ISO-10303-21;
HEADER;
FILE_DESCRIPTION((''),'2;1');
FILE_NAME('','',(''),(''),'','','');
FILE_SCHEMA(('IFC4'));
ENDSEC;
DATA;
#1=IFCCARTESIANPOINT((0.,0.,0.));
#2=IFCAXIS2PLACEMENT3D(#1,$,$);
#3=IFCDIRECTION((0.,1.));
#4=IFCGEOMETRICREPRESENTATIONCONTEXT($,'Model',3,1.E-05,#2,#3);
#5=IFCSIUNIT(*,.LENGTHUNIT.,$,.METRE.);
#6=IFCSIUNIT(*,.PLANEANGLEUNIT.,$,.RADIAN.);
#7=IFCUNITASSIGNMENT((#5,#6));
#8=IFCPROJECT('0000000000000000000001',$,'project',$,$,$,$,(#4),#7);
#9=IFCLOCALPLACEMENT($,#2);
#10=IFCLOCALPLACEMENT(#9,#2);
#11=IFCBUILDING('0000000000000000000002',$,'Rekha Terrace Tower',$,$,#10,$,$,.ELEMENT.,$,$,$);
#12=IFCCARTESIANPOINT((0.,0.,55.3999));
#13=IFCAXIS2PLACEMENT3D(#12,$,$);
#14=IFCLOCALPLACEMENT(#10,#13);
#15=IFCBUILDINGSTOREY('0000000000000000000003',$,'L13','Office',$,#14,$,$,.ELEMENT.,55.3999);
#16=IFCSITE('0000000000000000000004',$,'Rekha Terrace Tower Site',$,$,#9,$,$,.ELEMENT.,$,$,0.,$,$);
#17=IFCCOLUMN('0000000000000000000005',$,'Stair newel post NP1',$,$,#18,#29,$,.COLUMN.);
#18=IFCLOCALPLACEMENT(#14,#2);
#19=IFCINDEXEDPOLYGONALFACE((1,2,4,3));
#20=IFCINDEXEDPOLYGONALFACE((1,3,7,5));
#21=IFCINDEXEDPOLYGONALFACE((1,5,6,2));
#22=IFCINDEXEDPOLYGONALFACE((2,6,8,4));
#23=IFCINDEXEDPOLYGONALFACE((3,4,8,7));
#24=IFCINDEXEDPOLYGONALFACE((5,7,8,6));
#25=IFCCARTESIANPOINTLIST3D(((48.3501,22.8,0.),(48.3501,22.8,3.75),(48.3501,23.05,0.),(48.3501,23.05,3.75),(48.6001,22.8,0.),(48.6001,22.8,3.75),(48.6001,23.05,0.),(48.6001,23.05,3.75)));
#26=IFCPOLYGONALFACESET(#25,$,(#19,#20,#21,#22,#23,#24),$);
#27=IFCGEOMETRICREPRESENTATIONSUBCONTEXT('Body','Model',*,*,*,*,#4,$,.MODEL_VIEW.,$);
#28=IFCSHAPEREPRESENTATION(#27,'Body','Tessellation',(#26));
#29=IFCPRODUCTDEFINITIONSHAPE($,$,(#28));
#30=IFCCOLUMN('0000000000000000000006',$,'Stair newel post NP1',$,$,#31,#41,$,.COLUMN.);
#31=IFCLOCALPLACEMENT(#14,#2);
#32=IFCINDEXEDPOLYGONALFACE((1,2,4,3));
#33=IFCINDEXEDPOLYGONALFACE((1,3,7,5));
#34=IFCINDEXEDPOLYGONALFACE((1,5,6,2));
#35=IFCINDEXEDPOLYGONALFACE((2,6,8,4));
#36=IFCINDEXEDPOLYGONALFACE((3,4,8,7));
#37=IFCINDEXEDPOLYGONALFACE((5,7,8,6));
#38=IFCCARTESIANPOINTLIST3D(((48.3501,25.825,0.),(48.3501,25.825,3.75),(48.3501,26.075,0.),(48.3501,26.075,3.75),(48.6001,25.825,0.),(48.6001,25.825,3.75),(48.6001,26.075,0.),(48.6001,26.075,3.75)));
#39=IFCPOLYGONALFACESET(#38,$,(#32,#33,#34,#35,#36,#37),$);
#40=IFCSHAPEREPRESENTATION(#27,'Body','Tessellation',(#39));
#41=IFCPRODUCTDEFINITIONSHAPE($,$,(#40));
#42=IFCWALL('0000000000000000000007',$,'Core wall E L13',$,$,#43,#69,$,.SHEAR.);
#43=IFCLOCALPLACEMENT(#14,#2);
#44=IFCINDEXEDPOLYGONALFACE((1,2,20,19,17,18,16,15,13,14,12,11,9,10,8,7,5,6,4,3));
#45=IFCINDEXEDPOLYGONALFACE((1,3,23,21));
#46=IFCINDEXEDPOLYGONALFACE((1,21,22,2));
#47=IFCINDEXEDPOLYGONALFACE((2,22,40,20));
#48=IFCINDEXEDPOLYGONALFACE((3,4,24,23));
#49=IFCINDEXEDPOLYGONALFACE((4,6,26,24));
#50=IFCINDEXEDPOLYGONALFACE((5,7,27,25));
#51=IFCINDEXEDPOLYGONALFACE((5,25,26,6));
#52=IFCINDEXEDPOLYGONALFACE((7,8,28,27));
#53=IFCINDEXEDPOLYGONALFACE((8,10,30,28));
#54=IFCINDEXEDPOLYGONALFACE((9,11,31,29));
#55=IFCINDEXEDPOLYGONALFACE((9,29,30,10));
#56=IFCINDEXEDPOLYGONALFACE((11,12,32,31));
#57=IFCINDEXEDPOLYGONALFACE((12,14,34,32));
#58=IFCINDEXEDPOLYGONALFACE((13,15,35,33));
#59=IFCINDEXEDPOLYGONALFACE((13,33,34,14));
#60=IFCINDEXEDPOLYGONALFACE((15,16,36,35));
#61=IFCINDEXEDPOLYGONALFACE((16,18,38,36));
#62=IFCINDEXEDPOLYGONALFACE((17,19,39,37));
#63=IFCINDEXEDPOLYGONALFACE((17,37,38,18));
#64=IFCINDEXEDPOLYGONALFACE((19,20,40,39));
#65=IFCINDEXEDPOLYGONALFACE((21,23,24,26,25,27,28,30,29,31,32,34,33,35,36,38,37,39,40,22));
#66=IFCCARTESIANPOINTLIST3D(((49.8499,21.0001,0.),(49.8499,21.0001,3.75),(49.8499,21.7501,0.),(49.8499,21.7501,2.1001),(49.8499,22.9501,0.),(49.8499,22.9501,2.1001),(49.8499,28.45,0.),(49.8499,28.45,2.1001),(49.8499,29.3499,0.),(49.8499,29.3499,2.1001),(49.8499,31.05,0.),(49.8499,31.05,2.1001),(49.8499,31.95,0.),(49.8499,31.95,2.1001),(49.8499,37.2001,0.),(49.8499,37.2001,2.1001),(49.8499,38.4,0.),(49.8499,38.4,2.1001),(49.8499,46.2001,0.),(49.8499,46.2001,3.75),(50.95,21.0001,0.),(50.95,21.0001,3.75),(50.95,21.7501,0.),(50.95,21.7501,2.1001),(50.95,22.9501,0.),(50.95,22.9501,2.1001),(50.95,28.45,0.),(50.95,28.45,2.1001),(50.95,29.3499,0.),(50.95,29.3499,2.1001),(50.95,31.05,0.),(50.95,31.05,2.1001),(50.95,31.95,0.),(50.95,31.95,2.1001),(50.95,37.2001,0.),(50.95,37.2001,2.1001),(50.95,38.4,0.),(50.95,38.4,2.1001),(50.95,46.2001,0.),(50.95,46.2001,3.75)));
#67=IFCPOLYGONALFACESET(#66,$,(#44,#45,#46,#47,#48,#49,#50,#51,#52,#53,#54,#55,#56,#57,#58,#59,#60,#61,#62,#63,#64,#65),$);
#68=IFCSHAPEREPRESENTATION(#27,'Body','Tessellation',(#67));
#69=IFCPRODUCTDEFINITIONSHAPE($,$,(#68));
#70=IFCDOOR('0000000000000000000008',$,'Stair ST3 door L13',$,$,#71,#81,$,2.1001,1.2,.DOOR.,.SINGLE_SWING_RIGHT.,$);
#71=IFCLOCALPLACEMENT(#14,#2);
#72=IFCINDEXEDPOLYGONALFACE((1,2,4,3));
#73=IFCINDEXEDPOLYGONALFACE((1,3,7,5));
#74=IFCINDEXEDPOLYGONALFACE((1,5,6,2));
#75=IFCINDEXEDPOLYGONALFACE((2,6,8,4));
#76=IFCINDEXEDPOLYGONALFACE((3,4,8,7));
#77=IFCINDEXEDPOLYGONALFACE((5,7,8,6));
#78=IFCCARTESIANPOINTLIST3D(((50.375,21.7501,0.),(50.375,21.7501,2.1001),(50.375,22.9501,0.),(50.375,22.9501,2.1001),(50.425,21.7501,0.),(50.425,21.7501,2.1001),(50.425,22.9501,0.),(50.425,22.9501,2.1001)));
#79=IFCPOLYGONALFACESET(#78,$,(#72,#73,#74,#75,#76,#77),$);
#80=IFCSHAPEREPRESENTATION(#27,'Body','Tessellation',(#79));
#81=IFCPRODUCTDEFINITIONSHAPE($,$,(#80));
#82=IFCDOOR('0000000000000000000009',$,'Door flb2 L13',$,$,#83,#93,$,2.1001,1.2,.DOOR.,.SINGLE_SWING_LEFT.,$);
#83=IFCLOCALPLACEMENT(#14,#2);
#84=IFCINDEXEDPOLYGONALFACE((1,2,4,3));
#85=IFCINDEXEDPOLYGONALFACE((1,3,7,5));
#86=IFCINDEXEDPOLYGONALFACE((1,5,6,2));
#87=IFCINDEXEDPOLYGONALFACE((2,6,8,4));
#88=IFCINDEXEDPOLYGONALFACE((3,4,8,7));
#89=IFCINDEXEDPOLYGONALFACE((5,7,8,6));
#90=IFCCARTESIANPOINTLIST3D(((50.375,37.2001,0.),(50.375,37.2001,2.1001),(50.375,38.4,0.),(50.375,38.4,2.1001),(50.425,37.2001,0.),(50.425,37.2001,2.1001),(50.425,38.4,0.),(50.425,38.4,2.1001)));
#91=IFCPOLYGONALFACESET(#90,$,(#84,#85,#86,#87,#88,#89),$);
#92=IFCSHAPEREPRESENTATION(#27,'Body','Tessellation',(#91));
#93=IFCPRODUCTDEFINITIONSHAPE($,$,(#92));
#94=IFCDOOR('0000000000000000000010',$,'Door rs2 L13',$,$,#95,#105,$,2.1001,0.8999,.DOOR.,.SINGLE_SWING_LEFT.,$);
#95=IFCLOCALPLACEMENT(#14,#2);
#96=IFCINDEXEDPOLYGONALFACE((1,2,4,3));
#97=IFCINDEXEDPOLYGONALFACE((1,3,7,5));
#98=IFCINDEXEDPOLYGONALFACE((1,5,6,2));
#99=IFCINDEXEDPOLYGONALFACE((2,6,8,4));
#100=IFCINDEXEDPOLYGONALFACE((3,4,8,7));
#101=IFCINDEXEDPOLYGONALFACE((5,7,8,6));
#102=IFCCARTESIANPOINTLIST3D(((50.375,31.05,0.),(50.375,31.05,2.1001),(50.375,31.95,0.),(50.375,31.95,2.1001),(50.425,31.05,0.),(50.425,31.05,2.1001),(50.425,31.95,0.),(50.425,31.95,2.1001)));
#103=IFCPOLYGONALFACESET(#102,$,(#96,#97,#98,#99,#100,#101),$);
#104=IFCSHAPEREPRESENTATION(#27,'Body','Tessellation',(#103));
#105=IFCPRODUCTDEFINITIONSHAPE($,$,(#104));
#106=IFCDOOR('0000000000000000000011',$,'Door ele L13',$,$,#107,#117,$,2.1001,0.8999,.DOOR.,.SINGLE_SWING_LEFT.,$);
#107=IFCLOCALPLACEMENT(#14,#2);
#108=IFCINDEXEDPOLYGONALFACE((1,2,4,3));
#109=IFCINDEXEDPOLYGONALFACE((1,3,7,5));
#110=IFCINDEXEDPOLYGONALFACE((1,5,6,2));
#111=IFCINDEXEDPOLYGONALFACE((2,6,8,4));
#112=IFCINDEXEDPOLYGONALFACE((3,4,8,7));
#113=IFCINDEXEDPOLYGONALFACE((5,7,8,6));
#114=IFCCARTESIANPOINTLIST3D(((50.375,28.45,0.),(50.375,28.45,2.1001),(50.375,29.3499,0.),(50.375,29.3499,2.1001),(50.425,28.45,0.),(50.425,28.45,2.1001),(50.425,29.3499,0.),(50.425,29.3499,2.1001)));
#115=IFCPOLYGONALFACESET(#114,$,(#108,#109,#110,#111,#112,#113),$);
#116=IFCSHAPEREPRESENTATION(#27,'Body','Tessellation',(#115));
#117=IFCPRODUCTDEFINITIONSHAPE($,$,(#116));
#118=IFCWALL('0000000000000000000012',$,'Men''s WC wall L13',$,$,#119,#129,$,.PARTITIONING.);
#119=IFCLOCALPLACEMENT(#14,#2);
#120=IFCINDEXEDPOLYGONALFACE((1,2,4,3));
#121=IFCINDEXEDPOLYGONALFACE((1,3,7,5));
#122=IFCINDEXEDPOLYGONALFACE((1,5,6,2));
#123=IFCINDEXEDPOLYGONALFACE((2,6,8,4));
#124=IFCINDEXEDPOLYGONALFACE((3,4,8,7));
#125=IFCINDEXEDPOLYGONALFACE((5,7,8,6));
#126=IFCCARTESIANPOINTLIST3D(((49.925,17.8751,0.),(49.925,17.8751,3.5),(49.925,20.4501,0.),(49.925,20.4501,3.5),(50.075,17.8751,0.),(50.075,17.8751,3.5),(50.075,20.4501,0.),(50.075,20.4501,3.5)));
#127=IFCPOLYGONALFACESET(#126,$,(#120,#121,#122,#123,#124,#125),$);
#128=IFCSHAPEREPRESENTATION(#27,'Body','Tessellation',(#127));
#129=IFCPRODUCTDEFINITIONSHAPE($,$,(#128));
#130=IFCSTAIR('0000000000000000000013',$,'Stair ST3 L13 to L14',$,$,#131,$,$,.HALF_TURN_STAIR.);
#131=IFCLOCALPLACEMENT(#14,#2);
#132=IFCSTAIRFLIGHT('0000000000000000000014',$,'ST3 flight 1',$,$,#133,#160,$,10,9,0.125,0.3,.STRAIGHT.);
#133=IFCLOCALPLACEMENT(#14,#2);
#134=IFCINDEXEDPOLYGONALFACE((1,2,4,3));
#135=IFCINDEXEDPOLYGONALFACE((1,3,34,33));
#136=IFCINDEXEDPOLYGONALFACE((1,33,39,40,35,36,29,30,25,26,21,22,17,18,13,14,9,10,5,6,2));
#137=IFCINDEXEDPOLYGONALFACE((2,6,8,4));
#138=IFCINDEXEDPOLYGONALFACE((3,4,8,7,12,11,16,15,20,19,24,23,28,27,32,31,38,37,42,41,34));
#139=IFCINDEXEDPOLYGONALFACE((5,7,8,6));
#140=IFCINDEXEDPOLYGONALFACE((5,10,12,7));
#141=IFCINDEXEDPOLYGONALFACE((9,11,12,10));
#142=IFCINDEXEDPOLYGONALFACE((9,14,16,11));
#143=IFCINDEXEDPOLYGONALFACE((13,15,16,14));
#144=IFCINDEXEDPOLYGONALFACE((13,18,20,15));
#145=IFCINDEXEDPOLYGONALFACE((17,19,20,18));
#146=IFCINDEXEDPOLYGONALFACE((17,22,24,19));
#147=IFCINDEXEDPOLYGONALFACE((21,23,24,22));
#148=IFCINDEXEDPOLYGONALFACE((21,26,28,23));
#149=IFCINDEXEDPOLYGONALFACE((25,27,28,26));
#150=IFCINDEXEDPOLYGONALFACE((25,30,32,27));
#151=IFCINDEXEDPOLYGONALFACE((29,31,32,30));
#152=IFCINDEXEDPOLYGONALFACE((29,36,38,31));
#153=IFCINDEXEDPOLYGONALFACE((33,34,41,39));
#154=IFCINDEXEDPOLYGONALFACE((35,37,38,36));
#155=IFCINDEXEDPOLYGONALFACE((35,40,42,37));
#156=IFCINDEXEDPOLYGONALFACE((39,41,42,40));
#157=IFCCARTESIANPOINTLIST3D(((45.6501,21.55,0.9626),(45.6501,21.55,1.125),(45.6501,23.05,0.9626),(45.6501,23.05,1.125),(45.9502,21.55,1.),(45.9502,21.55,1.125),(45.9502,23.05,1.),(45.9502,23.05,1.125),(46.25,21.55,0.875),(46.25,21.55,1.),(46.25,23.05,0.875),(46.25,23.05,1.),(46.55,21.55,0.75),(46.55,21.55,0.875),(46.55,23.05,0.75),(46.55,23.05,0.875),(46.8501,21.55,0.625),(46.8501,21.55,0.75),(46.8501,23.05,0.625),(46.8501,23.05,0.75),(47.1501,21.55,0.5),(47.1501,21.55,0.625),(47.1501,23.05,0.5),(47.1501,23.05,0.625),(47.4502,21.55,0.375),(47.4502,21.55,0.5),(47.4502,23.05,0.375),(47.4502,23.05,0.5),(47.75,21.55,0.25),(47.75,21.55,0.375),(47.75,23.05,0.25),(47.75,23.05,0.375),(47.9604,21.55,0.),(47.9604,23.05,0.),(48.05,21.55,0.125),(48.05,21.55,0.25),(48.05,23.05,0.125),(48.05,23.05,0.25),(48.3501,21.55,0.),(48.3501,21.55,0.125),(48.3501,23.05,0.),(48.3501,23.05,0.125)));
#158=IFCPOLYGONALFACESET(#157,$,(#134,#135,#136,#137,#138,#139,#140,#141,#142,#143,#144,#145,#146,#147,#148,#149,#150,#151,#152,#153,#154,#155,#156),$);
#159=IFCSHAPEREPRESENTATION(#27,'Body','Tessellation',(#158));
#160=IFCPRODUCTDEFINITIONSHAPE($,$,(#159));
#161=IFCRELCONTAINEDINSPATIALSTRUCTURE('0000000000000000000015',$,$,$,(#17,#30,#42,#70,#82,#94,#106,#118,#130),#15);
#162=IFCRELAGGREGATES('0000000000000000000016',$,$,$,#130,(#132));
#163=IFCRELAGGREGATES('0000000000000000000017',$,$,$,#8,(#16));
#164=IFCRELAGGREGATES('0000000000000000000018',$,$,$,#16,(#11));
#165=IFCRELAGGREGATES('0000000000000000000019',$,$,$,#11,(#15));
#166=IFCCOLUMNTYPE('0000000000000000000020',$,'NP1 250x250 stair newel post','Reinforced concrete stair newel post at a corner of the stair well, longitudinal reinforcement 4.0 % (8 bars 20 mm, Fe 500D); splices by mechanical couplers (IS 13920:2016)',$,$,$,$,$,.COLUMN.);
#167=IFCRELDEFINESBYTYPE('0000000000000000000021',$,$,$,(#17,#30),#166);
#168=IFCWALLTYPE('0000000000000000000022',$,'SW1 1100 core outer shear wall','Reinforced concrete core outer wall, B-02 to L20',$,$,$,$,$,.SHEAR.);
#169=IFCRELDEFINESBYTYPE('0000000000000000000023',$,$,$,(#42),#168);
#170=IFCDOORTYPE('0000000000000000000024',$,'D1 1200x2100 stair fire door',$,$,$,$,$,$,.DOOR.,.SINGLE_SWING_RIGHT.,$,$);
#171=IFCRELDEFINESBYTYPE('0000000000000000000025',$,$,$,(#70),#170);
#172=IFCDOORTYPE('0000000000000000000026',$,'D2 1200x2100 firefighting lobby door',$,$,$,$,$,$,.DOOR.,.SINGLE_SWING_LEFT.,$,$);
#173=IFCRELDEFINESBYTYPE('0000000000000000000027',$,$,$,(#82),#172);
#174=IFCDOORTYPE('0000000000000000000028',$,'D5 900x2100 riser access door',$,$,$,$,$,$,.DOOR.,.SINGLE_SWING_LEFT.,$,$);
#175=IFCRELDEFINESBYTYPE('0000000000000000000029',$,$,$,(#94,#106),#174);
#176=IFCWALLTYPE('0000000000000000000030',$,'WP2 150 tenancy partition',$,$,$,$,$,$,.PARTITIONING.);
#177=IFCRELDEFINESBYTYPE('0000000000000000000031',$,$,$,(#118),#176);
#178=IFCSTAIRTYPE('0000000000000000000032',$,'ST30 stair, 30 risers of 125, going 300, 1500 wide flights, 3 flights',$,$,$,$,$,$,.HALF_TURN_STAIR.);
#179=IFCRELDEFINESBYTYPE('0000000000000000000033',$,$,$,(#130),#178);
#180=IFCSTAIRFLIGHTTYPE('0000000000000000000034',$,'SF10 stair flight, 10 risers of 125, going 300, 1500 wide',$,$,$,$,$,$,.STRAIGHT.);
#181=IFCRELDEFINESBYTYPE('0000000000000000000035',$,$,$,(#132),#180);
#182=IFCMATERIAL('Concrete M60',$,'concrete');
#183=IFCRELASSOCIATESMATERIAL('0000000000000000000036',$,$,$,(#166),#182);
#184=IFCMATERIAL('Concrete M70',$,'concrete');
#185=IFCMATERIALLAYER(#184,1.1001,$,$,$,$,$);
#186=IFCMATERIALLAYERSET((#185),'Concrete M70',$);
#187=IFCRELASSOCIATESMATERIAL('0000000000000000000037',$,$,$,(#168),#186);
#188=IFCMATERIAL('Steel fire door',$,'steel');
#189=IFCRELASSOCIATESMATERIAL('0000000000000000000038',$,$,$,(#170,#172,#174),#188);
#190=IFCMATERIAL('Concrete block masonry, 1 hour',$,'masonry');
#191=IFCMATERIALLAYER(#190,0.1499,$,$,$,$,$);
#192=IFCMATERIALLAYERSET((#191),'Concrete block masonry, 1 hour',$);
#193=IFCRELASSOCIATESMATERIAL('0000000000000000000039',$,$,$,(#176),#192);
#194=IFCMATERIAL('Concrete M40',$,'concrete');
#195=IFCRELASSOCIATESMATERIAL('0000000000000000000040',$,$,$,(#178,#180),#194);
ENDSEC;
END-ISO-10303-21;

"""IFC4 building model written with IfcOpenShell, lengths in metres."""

from ifc_helpers import new_model, si_unit, direction, frame, frame_2d, origin, origin_2d, place, context, subcontext, project, spatial, polyline, rectangle, outline, extrude, material, layer, layer_set, material_profile, profile_set, type_object, element, fill, aggregate, save


model = new_model("IFC4")

# Units and contexts
model_context = context("Model", 3, precision=1e-05, world=origin(), true_north=direction((0.0, 1.0)))
body_context = subcontext(model_context, "Body", "Model", "MODEL_VIEW")
ifc_project = project(units=[si_unit("LENGTHUNIT", "METRE"), si_unit("PLANEANGLEUNIT", "RADIAN")], contexts=[model_context])

# Site, building, storey
site_placement = place(None, origin())
site = spatial("IfcSite", under=ifc_project, at=site_placement, Name="Rekha Terrace Tower Site", CompositionType="ELEMENT", RefElevation=0.0)
building_placement = place(site_placement, origin())
building = spatial("IfcBuilding", under=site, at=building_placement, Name="Rekha Terrace Tower", CompositionType="ELEMENT")
storey_placement = place(building_placement, frame((0.0, 0.0, 55.3999)))
storey = spatial("IfcBuildingStorey", under=building, at=storey_placement, Name="L13", Description="Office", CompositionType="ELEMENT", Elevation=55.3999)

# Columns
ifc_material_1 = material(Name="Concrete M60", Category="concrete")
ifc_material_profile = material_profile(ifc_material_1, rectangle(XDim=0.25, YDim=0.25, at=origin_2d()), Name="RC 250x250")
ifc_profile_set = profile_set([ifc_material_profile], Name="Concrete M60")
column_type = type_object("IfcColumnType", Name="NP1 250x250 stair newel post", Description="Reinforced concrete stair newel post at a corner of the stair well, longitudinal reinforcement 4.0 % (8 bars 20 mm, Fe 500D); splices by mechanical couplers (IS 13920:2016)", PredefinedType="COLUMN", material=ifc_profile_set)
for number, where, z_axis, x_axis, name in (
    (1, (48.4751, 22.925, 0.0), (0.0, 0.0, 1.0), (1.0, 0.0, 0.0), "Stair newel post NP1"),
    (2, (48.4751, 25.95, 0.0), (0.0, 0.0, 1.0), (1.0, 0.0, 0.0), "Stair newel post NP1"),
):
    element("IfcColumn", number, at=place(storey_placement, frame(where, z_axis=z_axis, x_axis=x_axis)), inside=storey, type_object=column_type, Name=name, PredefinedType="COLUMN", context=body_context, shape_type="SweptSolid", body=[
        extrude(rectangle(XDim=0.25, YDim=0.25, at=origin_2d()), origin(), (0.0, 0.0, 1.0), 3.75),
    ])

# Wall, openings, doors
ifc_material_2 = material(Name="Concrete M70", Category="concrete")
ifc_layer_1 = layer(ifc_material_2, 1.1001)
ifc_layer_set_1 = layer_set([ifc_layer_1], Name="Concrete M70")
wall_type_1 = type_object("IfcWallType", Name="SW1 1100 core outer shear wall", Description="Reinforced concrete core outer wall, B-02 to L20", PredefinedType="SHEAR", material=ifc_layer_set_1)
wall_1_placement = place(storey_placement, frame((50.3999, 21.0, 0.0), z_axis=(0.0, 0.0, 1.0), x_axis=(0.0, 1.0, 0.0)))
wall_1 = element("IfcWall", 3, at=wall_1_placement, inside=storey, type_object=wall_type_1, Name="Core wall E L13", PredefinedType="SHEAR", context=body_context, shape_type="SweptSolid", body=[
    extrude(rectangle(XDim=25.2, YDim=1.1001, at=frame_2d((12.6001, 0.0))), origin(), (0.0, 0.0, 1.0), 3.75),
])
opening_1_placement = place(wall_1_placement, frame((16.2, 0.0, 0.0)))
opening_1 = element("IfcOpeningElement", 4, at=opening_1_placement, cuts=wall_1, PredefinedType="OPENING", context=body_context, shape_type="SweptSolid", body=[
    extrude(rectangle(XDim=1.2, YDim=2.1001, at=frame_2d((0.6001, 1.05))), frame((0.0, 0.5601, 0.0), z_axis=(0.0, -1.0, 0.0), x_axis=(1.0, 0.0, 0.0)), (0.0, 0.0, 1.0), 1.1201),
])
opening_2_placement = place(wall_1_placement, frame((10.05, 0.0, 0.0)))
opening_2 = element("IfcOpeningElement", 5, at=opening_2_placement, cuts=wall_1, PredefinedType="OPENING", context=body_context, shape_type="SweptSolid", body=[
    extrude(rectangle(XDim=0.8999, YDim=2.1001, at=frame_2d((0.45, 1.05))), frame((0.0, 0.5601, 0.0), z_axis=(0.0, -1.0, 0.0), x_axis=(1.0, 0.0, 0.0)), (0.0, 0.0, 1.0), 1.1201),
])
opening_3_placement = place(wall_1_placement, frame((7.45, 0.0, 0.0)))
opening_3 = element("IfcOpeningElement", 6, at=opening_3_placement, cuts=wall_1, PredefinedType="OPENING", context=body_context, shape_type="SweptSolid", body=[
    extrude(rectangle(XDim=0.8999, YDim=2.1001, at=frame_2d((0.45, 1.05))), frame((0.0, 0.5601, 0.0), z_axis=(0.0, -1.0, 0.0), x_axis=(1.0, 0.0, 0.0)), (0.0, 0.0, 1.0), 1.1201),
])
opening_4_placement = place(wall_1_placement, frame((0.75, 0.0, 0.0)))
opening_4 = element("IfcOpeningElement", 7, at=opening_4_placement, cuts=wall_1, PredefinedType="OPENING", context=body_context, shape_type="SweptSolid", body=[
    extrude(rectangle(XDim=1.2, YDim=2.1001, at=frame_2d((0.6001, 1.05))), frame((0.0, 0.5601, 0.0), z_axis=(0.0, -1.0, 0.0), x_axis=(1.0, 0.0, 0.0)), (0.0, 0.0, 1.0), 1.1201),
])
ifc_material_3 = material(Name="Steel fire door", Category="steel")
door_type_1 = type_object("IfcDoorType", Name="D1 1200x2100 stair fire door", OperationType="SINGLE_SWING_RIGHT", PredefinedType="DOOR", material=ifc_material_3)
door_1_placement = place(opening_4_placement, origin())
door_1 = element("IfcDoor", 8, at=door_1_placement, inside=storey, type_object=door_type_1, Name="Stair ST3 door L13", OperationType="SINGLE_SWING_RIGHT", OverallHeight=2.1001, OverallWidth=1.2, PredefinedType="DOOR", context=body_context, shape_type="SweptSolid", body=[
    extrude(rectangle(XDim=1.2, YDim=2.1001, at=frame_2d((0.6001, 1.05))), frame((0.0, 0.0249, 0.0), z_axis=(0.0, -1.0, 0.0), x_axis=(1.0, 0.0, 0.0)), (0.0, 0.0, 1.0), 0.05),
])
fill(opening_4, door_1)
door_type_2 = type_object("IfcDoorType", Name="D2 1200x2100 firefighting lobby door", OperationType="SINGLE_SWING_LEFT", PredefinedType="DOOR", material=ifc_material_3)
door_2_placement = place(opening_1_placement, origin())
door_2 = element("IfcDoor", 9, at=door_2_placement, inside=storey, type_object=door_type_2, Name="Door flb2 L13", OperationType="SINGLE_SWING_LEFT", OverallHeight=2.1001, OverallWidth=1.2, PredefinedType="DOOR", context=body_context, shape_type="SweptSolid", body=[
    extrude(rectangle(XDim=1.2, YDim=2.1001, at=frame_2d((0.6001, 1.05))), frame((0.0, 0.0249, 0.0), z_axis=(0.0, -1.0, 0.0), x_axis=(1.0, 0.0, 0.0)), (0.0, 0.0, 1.0), 0.05),
])
fill(opening_1, door_2)
door_type_3 = type_object("IfcDoorType", Name="D5 900x2100 riser access door", OperationType="SINGLE_SWING_LEFT", PredefinedType="DOOR", material=ifc_material_3)
door_3_placement = place(opening_2_placement, origin())
door_3 = element("IfcDoor", 10, at=door_3_placement, inside=storey, type_object=door_type_3, Name="Door rs2 L13", OperationType="SINGLE_SWING_LEFT", OverallHeight=2.1001, OverallWidth=0.8999, PredefinedType="DOOR", context=body_context, shape_type="SweptSolid", body=[
    extrude(rectangle(XDim=0.8999, YDim=2.1001, at=frame_2d((0.45, 1.05))), frame((0.0, 0.0249, 0.0), z_axis=(0.0, -1.0, 0.0), x_axis=(1.0, 0.0, 0.0)), (0.0, 0.0, 1.0), 0.05),
])
fill(opening_2, door_3)
door_4_placement = place(opening_3_placement, origin())
door_4 = element("IfcDoor", 11, at=door_4_placement, inside=storey, type_object=door_type_3, Name="Door ele L13", OperationType="SINGLE_SWING_LEFT", OverallHeight=2.1001, OverallWidth=0.8999, PredefinedType="DOOR", context=body_context, shape_type="SweptSolid", body=[
    extrude(rectangle(XDim=0.8999, YDim=2.1001, at=frame_2d((0.45, 1.05))), frame((0.0, 0.0249, 0.0), z_axis=(0.0, -1.0, 0.0), x_axis=(1.0, 0.0, 0.0)), (0.0, 0.0, 1.0), 0.05),
])
fill(opening_3, door_4)

# Wall
ifc_material_4 = material(Name="Concrete block masonry, 1 hour", Category="masonry")
ifc_layer_2 = layer(ifc_material_4, 0.1499)
ifc_layer_set_2 = layer_set([ifc_layer_2], Name="Concrete block masonry, 1 hour")
wall_type_2 = type_object("IfcWallType", Name="WP2 150 tenancy partition", PredefinedType="PARTITIONING", material=ifc_layer_set_2)
wall_2_placement = place(storey_placement, frame((50.0, 17.875, 0.0), z_axis=(0.0, 0.0, 1.0), x_axis=(0.0, 1.0, 0.0)))
element("IfcWall", 12, at=wall_2_placement, inside=storey, type_object=wall_type_2, Name="Men's WC wall L13", PredefinedType="PARTITIONING", context=body_context, shape_type="SweptSolid", body=[
    extrude(rectangle(XDim=2.575, YDim=0.1499, at=frame_2d((1.2876, 0.0))), origin(), (0.0, 0.0, 1.0), 3.5),
])

# Stair, stair flight
ifc_material_5 = material(Name="Concrete M40", Category="concrete")
stair_type = type_object("IfcStairType", Name="ST30 stair, 30 risers of 125, going 300, 1500 wide flights, 3 flights", PredefinedType="HALF_TURN_STAIR", material=ifc_material_5)
stair_placement = place(storey_placement, origin())
stair = element("IfcStair", 13, at=stair_placement, inside=storey, type_object=stair_type, Name="Stair ST3 L13 to L14", PredefinedType="HALF_TURN_STAIR")
stair_flight_type = type_object("IfcStairFlightType", Name="SF10 stair flight, 10 risers of 125, going 300, 1500 wide", PredefinedType="STRAIGHT", material=ifc_material_5)
stair_flight_1_placement = place(storey_placement, frame((48.3501, 22.3, 0.0), z_axis=(0.0, 0.0, 1.0), x_axis=(-1.0, 0.0, 0.0)))
stair_flight_1 = element("IfcStairFlight", 14, at=stair_flight_1_placement, type_object=stair_flight_type, Name="ST3 flight 1", NumberOfRisers=10, NumberOfTreads=9, PredefinedType="STRAIGHT", RiserHeight=0.125, TreadLength=0.3, context=body_context, shape_type="SweptSolid", body=[
    extrude(outline(polyline([(0.0, 0.0), (0.0, 0.125), (0.3, 0.125), (0.3, 0.25), (0.6001, 0.25), (0.6001, 0.375), (0.8999, 0.375), (0.8999, 0.5), (1.2, 0.5), (1.2, 0.625), (1.5, 0.625), (1.5, 0.75), (1.8, 0.75), (1.8, 0.875), (2.1001, 0.875), (2.1001, 1.0), (2.3999, 1.0), (2.3999, 1.125), (2.7, 1.125), (2.7, 1.25), (2.7, 0.9626), (0.3896, 0.0), (0.0, 0.0)])), frame((0.0, 0.75, 0.0), z_axis=(0.0, -1.0, 0.0), x_axis=(1.0, 0.0, 0.0)), (0.0, 0.0, 1.0), 1.5),
])
aggregate(stair, [stair_flight_1])

save(model, "model.ifc")
